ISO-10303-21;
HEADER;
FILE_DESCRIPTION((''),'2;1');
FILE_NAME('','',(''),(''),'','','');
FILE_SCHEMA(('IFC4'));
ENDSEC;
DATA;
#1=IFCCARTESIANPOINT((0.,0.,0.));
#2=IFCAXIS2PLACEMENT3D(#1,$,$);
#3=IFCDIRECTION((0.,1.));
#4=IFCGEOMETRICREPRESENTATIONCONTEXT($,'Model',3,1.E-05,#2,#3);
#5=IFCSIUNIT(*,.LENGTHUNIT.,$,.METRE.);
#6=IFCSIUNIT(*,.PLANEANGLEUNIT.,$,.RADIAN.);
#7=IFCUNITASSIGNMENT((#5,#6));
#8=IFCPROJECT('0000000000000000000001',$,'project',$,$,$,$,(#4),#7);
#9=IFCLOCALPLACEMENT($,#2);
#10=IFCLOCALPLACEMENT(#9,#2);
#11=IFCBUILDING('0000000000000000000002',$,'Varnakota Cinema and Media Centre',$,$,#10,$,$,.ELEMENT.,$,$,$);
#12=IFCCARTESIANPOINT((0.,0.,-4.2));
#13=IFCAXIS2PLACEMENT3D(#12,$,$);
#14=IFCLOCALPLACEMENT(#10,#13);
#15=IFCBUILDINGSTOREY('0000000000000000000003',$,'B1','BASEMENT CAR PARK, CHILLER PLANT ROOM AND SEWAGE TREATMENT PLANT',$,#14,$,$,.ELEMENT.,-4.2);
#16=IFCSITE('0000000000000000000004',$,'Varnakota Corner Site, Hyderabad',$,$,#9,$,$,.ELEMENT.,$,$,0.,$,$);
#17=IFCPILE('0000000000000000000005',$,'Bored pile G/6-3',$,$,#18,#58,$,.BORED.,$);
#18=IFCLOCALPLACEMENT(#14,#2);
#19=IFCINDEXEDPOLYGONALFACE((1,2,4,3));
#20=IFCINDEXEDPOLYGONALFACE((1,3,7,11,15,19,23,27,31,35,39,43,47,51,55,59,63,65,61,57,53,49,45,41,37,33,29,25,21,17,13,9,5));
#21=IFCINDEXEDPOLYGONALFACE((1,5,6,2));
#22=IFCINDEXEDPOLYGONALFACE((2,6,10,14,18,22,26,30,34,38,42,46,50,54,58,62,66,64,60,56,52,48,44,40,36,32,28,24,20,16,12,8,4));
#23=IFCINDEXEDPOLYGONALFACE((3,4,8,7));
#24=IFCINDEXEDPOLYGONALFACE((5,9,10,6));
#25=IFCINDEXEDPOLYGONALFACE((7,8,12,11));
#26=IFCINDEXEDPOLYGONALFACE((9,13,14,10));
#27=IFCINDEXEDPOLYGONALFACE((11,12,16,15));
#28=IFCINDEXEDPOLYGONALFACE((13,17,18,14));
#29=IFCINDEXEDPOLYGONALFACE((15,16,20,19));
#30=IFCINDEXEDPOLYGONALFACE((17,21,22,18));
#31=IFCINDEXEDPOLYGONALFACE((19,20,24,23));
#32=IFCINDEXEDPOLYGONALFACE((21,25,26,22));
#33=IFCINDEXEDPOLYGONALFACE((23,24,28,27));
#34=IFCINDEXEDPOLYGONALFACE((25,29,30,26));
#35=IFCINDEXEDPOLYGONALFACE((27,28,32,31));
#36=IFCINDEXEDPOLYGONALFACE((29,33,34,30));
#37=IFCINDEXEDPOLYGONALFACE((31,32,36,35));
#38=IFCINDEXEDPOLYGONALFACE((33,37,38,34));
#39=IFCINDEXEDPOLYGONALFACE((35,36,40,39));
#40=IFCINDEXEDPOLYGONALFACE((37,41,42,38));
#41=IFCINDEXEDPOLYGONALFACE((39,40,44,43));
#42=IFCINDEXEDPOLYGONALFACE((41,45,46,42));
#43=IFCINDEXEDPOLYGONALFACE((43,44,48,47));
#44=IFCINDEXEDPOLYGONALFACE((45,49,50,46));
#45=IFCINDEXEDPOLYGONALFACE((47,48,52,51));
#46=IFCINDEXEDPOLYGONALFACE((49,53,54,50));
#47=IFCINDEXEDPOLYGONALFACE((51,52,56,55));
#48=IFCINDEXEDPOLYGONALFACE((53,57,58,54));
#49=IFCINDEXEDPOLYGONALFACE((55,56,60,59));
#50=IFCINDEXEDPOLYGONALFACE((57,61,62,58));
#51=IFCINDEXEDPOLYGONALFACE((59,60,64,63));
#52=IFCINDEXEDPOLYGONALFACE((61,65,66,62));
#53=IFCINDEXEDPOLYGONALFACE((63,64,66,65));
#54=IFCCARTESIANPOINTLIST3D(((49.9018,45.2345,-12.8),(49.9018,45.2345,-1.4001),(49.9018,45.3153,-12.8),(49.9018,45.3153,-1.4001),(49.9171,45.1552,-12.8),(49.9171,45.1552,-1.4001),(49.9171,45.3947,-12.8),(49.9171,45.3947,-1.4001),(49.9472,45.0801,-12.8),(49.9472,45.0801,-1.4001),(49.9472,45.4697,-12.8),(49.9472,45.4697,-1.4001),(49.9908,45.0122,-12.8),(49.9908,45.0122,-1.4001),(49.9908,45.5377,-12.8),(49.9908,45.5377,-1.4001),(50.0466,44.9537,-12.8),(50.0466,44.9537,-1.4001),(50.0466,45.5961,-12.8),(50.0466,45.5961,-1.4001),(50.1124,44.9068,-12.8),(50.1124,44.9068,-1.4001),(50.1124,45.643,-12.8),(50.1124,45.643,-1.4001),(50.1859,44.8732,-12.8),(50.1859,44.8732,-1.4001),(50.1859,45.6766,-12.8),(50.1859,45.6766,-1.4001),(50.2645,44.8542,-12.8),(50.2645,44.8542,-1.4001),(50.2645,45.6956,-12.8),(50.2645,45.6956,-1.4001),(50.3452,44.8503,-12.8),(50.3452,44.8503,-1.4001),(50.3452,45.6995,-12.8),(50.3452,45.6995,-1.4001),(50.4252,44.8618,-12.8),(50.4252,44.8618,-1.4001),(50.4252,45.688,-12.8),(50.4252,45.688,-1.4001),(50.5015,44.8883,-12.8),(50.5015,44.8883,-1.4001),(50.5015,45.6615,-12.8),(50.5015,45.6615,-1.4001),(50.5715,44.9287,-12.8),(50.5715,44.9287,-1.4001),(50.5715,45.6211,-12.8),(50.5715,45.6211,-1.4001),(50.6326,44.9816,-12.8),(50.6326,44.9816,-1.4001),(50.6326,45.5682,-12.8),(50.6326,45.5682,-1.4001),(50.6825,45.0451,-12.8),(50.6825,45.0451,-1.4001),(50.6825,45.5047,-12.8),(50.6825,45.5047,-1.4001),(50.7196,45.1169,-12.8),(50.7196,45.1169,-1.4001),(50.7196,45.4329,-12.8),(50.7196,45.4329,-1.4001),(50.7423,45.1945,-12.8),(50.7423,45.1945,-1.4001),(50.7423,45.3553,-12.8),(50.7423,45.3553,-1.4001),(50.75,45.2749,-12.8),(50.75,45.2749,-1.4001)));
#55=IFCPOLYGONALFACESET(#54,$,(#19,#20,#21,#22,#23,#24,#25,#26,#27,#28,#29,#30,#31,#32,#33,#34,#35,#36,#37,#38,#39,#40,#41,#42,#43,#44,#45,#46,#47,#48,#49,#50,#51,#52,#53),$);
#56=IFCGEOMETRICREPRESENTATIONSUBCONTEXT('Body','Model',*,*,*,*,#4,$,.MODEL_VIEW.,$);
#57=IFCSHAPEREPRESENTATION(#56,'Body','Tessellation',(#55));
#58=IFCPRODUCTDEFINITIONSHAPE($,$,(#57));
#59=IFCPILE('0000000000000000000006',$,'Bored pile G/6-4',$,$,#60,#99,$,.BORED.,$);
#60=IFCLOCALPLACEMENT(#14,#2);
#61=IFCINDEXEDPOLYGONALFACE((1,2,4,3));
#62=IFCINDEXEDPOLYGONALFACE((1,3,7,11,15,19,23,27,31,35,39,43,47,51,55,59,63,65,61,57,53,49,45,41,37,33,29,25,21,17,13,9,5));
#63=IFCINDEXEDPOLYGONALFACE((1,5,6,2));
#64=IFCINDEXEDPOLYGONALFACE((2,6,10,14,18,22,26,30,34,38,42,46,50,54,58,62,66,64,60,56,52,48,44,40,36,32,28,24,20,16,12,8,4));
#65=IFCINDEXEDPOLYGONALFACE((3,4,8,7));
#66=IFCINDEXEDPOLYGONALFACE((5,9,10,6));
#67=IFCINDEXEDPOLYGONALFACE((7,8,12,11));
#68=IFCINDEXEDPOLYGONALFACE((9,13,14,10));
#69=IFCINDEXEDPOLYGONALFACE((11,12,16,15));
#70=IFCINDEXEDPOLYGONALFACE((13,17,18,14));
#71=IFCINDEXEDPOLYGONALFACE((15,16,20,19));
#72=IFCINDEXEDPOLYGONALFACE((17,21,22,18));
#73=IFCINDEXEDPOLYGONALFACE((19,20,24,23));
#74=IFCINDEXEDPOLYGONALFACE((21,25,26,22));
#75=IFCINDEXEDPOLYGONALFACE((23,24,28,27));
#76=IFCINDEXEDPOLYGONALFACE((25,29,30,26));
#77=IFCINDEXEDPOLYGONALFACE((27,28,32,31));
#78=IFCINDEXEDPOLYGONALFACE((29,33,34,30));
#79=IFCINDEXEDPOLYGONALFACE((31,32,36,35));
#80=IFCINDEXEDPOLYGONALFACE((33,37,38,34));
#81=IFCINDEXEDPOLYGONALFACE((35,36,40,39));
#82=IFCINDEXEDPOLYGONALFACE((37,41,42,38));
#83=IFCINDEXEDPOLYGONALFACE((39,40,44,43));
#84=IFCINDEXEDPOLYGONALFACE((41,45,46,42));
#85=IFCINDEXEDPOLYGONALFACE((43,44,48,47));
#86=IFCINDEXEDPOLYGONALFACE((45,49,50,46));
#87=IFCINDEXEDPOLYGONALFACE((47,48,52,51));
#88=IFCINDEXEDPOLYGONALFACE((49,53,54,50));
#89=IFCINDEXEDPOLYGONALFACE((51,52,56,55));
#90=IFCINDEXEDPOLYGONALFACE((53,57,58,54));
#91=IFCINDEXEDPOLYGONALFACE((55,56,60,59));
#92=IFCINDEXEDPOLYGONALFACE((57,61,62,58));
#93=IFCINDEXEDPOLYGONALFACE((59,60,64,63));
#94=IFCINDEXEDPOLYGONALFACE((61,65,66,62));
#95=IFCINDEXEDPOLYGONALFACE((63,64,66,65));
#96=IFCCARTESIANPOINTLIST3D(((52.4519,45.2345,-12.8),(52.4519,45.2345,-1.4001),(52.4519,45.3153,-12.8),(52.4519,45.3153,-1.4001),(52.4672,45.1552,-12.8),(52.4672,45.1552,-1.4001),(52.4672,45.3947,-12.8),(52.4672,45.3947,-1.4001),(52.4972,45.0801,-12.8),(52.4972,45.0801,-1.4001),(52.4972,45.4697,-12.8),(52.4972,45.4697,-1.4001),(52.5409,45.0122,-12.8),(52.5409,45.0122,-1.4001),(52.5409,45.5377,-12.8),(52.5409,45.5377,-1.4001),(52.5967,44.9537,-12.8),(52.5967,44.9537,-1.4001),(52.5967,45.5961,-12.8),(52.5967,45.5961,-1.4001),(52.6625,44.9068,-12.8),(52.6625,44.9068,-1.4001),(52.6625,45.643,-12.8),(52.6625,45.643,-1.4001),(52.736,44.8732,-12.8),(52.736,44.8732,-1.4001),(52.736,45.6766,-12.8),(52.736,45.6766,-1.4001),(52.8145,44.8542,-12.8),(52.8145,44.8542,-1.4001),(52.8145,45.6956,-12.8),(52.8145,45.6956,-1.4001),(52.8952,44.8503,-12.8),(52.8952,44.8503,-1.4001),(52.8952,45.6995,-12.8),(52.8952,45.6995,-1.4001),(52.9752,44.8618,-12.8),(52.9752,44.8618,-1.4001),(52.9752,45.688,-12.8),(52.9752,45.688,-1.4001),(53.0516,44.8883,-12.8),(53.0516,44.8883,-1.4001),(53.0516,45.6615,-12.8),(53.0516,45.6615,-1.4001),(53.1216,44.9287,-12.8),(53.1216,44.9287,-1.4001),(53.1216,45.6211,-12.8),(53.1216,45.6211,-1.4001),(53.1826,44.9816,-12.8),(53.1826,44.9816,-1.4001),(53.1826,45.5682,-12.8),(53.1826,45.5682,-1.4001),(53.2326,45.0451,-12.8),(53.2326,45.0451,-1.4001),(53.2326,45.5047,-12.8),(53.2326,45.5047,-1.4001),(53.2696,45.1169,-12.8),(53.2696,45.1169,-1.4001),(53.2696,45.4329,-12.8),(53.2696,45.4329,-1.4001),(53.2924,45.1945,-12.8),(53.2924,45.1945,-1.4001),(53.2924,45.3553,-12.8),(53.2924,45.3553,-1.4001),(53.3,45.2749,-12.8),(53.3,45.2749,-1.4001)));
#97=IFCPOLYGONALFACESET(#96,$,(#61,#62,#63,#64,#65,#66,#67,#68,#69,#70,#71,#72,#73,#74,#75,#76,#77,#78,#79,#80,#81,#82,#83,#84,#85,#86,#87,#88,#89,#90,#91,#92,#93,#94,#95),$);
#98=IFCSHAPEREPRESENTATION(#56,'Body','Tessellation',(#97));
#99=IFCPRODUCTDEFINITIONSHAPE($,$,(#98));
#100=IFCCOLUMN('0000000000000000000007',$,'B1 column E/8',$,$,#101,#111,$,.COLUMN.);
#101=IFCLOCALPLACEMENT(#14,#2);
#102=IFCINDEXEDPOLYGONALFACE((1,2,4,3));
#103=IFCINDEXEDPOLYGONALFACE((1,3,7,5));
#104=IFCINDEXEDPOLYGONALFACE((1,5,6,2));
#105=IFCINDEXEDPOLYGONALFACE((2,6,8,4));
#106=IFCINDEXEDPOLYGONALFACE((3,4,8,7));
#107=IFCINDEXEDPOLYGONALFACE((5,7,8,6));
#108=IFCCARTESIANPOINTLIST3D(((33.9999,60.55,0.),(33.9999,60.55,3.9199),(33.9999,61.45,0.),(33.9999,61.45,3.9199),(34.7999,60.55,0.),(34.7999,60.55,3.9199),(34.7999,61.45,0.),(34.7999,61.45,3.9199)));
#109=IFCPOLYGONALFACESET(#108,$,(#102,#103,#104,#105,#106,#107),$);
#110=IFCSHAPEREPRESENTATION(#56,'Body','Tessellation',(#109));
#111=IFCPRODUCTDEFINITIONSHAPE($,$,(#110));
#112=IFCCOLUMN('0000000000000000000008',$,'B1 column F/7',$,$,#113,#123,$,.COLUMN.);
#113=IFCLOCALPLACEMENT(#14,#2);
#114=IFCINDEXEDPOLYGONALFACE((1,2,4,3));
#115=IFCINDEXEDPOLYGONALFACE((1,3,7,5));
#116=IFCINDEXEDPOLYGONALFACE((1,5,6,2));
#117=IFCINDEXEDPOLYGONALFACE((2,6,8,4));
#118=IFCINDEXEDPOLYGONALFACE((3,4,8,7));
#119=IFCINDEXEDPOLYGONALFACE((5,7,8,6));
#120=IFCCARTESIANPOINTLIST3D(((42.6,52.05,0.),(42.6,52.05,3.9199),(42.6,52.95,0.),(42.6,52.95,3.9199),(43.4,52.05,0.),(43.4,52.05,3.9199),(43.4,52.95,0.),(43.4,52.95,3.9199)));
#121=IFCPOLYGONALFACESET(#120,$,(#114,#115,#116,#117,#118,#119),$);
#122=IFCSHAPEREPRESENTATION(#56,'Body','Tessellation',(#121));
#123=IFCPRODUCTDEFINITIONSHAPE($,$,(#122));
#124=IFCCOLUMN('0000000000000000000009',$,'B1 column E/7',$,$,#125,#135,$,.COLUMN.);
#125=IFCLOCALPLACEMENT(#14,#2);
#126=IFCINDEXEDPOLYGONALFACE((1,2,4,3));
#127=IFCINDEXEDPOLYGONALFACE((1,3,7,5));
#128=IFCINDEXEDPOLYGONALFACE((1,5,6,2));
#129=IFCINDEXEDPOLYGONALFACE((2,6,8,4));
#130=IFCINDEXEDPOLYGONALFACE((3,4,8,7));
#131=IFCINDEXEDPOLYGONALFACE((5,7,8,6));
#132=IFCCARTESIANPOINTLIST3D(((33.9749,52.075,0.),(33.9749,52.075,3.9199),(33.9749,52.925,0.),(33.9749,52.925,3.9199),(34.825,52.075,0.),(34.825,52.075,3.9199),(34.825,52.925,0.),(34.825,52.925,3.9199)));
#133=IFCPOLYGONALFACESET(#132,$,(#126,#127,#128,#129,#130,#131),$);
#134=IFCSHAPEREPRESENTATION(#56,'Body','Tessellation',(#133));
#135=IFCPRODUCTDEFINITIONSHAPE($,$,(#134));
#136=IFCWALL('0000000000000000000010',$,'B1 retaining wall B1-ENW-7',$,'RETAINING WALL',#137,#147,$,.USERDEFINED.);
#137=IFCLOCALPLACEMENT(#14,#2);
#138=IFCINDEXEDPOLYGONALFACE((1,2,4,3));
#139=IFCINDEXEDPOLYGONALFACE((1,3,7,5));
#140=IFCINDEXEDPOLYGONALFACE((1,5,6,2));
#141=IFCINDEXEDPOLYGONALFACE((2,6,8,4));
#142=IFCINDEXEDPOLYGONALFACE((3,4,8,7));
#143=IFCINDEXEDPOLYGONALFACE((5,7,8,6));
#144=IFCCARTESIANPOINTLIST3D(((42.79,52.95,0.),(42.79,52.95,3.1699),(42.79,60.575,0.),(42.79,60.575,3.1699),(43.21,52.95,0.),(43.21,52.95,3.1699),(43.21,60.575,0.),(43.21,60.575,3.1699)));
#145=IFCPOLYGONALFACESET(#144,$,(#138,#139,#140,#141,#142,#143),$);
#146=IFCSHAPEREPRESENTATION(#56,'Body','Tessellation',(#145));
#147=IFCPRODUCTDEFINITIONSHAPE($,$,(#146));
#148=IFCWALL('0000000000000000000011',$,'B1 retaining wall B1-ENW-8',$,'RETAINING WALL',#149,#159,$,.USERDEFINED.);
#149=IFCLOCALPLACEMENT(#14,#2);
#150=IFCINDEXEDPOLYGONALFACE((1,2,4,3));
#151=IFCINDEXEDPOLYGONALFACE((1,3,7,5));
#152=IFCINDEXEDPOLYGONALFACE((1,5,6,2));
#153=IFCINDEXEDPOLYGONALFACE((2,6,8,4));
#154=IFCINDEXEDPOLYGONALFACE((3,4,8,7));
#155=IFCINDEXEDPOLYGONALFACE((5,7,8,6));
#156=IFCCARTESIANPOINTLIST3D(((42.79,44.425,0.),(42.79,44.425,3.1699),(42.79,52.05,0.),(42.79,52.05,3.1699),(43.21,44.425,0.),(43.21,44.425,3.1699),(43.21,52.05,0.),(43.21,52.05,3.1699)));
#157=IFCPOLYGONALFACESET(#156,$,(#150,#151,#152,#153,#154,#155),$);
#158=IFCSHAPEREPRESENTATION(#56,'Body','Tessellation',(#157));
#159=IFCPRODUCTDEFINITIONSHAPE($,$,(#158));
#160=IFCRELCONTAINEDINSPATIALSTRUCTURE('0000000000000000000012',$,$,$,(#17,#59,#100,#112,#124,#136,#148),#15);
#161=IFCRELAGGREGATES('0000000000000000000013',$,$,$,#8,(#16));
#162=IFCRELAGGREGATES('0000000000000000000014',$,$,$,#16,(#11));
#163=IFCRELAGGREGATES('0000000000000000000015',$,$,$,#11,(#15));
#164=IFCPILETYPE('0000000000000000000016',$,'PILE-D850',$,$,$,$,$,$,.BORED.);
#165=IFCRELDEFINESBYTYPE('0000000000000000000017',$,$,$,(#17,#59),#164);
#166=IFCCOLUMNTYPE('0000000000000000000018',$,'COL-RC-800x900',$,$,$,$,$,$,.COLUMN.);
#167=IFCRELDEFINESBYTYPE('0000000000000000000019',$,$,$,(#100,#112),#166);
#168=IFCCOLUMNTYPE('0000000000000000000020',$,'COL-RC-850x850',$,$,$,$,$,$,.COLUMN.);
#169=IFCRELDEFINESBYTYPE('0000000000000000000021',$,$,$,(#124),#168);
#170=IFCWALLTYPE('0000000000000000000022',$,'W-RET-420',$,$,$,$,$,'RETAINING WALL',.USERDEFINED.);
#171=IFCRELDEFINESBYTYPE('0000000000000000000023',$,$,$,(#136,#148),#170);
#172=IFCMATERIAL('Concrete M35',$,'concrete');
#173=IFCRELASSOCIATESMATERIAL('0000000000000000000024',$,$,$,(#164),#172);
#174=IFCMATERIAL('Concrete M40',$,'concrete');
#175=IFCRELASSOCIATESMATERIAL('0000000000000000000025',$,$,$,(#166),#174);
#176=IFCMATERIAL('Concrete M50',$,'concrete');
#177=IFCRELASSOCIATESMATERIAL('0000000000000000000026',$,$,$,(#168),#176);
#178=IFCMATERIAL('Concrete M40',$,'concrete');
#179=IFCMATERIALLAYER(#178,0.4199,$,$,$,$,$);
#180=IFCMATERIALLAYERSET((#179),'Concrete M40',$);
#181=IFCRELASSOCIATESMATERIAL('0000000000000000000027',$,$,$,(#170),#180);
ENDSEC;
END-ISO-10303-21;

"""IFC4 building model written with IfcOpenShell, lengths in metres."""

from ifc_helpers import new_model, si_unit, direction, frame, frame_2d, origin, origin_2d, place, context, subcontext, project, spatial, rectangle, circle, extrude, material, layer, layer_set, material_profile, profile_set, type_object, element, save


model = new_model("IFC4")

# Units and contexts
model_context = context("Model", 3, precision=1e-05, world=origin(), true_north=direction((0.0, 1.0)))
body_context = subcontext(model_context, "Body", "Model", "MODEL_VIEW")
ifc_project = project(units=[si_unit("LENGTHUNIT", "METRE"), si_unit("PLANEANGLEUNIT", "RADIAN")], contexts=[model_context])

# Site, building, storey
site_placement = place(None, origin())
site = spatial("IfcSite", under=ifc_project, at=site_placement, Name="Varnakota Corner Site, Hyderabad", CompositionType="ELEMENT", RefElevation=0.0)
building_placement = place(site_placement, origin())
building = spatial("IfcBuilding", under=site, at=building_placement, Name="Varnakota Cinema and Media Centre", CompositionType="ELEMENT")
storey_placement = place(building_placement, frame((0.0, 0.0, -4.2)))
storey = spatial("IfcBuildingStorey", under=building, at=storey_placement, Name="B1", Description="BASEMENT CAR PARK, CHILLER PLANT ROOM AND SEWAGE TREATMENT PLANT", CompositionType="ELEMENT", Elevation=-4.2)

# Piles
ifc_material_1 = material(Name="Concrete M35", Category="concrete")
ifc_material_profile_1 = material_profile(ifc_material_1, circle(Radius=0.425, at=origin_2d()), Name="PILE D850")
ifc_profile_set_1 = profile_set([ifc_material_profile_1], Name="Concrete M35")
pile_type_1 = type_object("IfcPileType", Name="PILE-D850", PredefinedType="BORED", material=ifc_profile_set_1)
for number, where, z_axis, x_axis, name in (
    (1, (50.325, 45.2749, -1.4001), (0.0, 0.0, -1.0), (1.0, 0.0, 0.0), "Bored pile G/6-3"),
    (2, (52.875, 45.2749, -1.4001), (0.0, 0.0, -1.0), (1.0, 0.0, 0.0), "Bored pile G/6-4"),
):
    element("IfcPile", number, at=place(storey_placement, frame(where, z_axis=z_axis, x_axis=x_axis)), inside=storey, type_object=pile_type_1, Name=name, PredefinedType="BORED", context=body_context, shape_type="SweptSolid", body=[
        extrude(circle(Radius=0.425, at=origin_2d()), origin(), (0.0, 0.0, 1.0), 11.3999),
    ])

# Columns
ifc_material_2 = material(Name="Concrete M40", Category="concrete")
ifc_material_profile_2 = material_profile(ifc_material_2, rectangle(XDim=0.8, YDim=0.8999, at=origin_2d()), Name="RC 800x900")
ifc_profile_set_2 = profile_set([ifc_material_profile_2], Name="Concrete M40")
column_type_1 = type_object("IfcColumnType", Name="COL-RC-800x900", PredefinedType="COLUMN", material=ifc_profile_set_2)
for number, where, z_axis, x_axis, name in (
    (3, (34.3999, 61.0, 0.0), (0.0, 0.0, 1.0), (1.0, 0.0, 0.0), "B1 column E/8"),
    (4, (43.0, 52.5, 0.0), (0.0, 0.0, 1.0), (1.0, 0.0, 0.0), "B1 column F/7"),
):
    element("IfcColumn", number, at=place(storey_placement, frame(where, z_axis=z_axis, x_axis=x_axis)), inside=storey, type_object=column_type_1, Name=name, PredefinedType="COLUMN", context=body_context, shape_type="SweptSolid", body=[
        extrude(rectangle(XDim=0.8, YDim=0.8999, at=origin_2d()), origin(), (0.0, 0.0, 1.0), 3.9199),
    ])
ifc_material_3 = material(Name="Concrete M50", Category="concrete")
ifc_material_profile_3 = material_profile(ifc_material_3, rectangle(XDim=0.8501, YDim=0.8501, at=origin_2d()), Name="RC 850x850")
ifc_profile_set_3 = profile_set([ifc_material_profile_3], Name="Concrete M50")
column_type_2 = type_object("IfcColumnType", Name="COL-RC-850x850", PredefinedType="COLUMN", material=ifc_profile_set_3)
column_placement = place(storey_placement, frame((34.3999, 52.5, 0.0), z_axis=(0.0, 0.0, 1.0), x_axis=(1.0, 0.0, 0.0)))
element("IfcColumn", 5, at=column_placement, inside=storey, type_object=column_type_2, Name="B1 column E/7", PredefinedType="COLUMN", context=body_context, shape_type="SweptSolid", body=[
    extrude(rectangle(XDim=0.8501, YDim=0.8501, at=origin_2d()), origin(), (0.0, 0.0, 1.0), 3.9199),
])

# Walls
ifc_material_4 = material(Name="Concrete M40", Category="concrete")
ifc_layer = layer(ifc_material_4, 0.4199)
ifc_layer_set = layer_set([ifc_layer], Name="Concrete M40")
wall_type = type_object("IfcWallType", Name="W-RET-420", ElementType="RETAINING WALL", PredefinedType="USERDEFINED", material=ifc_layer_set)
for number, where, z_axis, x_axis, name in (
    (6, (43.0, 60.575, 0.0), (0.0, 0.0, 1.0), (0.0, -1.0, 0.0), "B1 retaining wall B1-ENW-7"),
    (7, (43.0, 52.05, 0.0), (0.0, 0.0, 1.0), (0.0, -1.0, 0.0), "B1 retaining wall B1-ENW-8"),
):
    element("IfcWall", number, at=place(storey_placement, frame(where, z_axis=z_axis, x_axis=x_axis)), inside=storey, type_object=wall_type, Name=name, ObjectType="RETAINING WALL", PredefinedType="USERDEFINED", context=body_context, shape_type="SweptSolid", body=[
        extrude(rectangle(XDim=7.625, YDim=0.4199, at=frame_2d((3.8125, 0.0))), origin(), (0.0, 0.0, 1.0), 3.1699),
    ])

save(model, "model.ifc")
